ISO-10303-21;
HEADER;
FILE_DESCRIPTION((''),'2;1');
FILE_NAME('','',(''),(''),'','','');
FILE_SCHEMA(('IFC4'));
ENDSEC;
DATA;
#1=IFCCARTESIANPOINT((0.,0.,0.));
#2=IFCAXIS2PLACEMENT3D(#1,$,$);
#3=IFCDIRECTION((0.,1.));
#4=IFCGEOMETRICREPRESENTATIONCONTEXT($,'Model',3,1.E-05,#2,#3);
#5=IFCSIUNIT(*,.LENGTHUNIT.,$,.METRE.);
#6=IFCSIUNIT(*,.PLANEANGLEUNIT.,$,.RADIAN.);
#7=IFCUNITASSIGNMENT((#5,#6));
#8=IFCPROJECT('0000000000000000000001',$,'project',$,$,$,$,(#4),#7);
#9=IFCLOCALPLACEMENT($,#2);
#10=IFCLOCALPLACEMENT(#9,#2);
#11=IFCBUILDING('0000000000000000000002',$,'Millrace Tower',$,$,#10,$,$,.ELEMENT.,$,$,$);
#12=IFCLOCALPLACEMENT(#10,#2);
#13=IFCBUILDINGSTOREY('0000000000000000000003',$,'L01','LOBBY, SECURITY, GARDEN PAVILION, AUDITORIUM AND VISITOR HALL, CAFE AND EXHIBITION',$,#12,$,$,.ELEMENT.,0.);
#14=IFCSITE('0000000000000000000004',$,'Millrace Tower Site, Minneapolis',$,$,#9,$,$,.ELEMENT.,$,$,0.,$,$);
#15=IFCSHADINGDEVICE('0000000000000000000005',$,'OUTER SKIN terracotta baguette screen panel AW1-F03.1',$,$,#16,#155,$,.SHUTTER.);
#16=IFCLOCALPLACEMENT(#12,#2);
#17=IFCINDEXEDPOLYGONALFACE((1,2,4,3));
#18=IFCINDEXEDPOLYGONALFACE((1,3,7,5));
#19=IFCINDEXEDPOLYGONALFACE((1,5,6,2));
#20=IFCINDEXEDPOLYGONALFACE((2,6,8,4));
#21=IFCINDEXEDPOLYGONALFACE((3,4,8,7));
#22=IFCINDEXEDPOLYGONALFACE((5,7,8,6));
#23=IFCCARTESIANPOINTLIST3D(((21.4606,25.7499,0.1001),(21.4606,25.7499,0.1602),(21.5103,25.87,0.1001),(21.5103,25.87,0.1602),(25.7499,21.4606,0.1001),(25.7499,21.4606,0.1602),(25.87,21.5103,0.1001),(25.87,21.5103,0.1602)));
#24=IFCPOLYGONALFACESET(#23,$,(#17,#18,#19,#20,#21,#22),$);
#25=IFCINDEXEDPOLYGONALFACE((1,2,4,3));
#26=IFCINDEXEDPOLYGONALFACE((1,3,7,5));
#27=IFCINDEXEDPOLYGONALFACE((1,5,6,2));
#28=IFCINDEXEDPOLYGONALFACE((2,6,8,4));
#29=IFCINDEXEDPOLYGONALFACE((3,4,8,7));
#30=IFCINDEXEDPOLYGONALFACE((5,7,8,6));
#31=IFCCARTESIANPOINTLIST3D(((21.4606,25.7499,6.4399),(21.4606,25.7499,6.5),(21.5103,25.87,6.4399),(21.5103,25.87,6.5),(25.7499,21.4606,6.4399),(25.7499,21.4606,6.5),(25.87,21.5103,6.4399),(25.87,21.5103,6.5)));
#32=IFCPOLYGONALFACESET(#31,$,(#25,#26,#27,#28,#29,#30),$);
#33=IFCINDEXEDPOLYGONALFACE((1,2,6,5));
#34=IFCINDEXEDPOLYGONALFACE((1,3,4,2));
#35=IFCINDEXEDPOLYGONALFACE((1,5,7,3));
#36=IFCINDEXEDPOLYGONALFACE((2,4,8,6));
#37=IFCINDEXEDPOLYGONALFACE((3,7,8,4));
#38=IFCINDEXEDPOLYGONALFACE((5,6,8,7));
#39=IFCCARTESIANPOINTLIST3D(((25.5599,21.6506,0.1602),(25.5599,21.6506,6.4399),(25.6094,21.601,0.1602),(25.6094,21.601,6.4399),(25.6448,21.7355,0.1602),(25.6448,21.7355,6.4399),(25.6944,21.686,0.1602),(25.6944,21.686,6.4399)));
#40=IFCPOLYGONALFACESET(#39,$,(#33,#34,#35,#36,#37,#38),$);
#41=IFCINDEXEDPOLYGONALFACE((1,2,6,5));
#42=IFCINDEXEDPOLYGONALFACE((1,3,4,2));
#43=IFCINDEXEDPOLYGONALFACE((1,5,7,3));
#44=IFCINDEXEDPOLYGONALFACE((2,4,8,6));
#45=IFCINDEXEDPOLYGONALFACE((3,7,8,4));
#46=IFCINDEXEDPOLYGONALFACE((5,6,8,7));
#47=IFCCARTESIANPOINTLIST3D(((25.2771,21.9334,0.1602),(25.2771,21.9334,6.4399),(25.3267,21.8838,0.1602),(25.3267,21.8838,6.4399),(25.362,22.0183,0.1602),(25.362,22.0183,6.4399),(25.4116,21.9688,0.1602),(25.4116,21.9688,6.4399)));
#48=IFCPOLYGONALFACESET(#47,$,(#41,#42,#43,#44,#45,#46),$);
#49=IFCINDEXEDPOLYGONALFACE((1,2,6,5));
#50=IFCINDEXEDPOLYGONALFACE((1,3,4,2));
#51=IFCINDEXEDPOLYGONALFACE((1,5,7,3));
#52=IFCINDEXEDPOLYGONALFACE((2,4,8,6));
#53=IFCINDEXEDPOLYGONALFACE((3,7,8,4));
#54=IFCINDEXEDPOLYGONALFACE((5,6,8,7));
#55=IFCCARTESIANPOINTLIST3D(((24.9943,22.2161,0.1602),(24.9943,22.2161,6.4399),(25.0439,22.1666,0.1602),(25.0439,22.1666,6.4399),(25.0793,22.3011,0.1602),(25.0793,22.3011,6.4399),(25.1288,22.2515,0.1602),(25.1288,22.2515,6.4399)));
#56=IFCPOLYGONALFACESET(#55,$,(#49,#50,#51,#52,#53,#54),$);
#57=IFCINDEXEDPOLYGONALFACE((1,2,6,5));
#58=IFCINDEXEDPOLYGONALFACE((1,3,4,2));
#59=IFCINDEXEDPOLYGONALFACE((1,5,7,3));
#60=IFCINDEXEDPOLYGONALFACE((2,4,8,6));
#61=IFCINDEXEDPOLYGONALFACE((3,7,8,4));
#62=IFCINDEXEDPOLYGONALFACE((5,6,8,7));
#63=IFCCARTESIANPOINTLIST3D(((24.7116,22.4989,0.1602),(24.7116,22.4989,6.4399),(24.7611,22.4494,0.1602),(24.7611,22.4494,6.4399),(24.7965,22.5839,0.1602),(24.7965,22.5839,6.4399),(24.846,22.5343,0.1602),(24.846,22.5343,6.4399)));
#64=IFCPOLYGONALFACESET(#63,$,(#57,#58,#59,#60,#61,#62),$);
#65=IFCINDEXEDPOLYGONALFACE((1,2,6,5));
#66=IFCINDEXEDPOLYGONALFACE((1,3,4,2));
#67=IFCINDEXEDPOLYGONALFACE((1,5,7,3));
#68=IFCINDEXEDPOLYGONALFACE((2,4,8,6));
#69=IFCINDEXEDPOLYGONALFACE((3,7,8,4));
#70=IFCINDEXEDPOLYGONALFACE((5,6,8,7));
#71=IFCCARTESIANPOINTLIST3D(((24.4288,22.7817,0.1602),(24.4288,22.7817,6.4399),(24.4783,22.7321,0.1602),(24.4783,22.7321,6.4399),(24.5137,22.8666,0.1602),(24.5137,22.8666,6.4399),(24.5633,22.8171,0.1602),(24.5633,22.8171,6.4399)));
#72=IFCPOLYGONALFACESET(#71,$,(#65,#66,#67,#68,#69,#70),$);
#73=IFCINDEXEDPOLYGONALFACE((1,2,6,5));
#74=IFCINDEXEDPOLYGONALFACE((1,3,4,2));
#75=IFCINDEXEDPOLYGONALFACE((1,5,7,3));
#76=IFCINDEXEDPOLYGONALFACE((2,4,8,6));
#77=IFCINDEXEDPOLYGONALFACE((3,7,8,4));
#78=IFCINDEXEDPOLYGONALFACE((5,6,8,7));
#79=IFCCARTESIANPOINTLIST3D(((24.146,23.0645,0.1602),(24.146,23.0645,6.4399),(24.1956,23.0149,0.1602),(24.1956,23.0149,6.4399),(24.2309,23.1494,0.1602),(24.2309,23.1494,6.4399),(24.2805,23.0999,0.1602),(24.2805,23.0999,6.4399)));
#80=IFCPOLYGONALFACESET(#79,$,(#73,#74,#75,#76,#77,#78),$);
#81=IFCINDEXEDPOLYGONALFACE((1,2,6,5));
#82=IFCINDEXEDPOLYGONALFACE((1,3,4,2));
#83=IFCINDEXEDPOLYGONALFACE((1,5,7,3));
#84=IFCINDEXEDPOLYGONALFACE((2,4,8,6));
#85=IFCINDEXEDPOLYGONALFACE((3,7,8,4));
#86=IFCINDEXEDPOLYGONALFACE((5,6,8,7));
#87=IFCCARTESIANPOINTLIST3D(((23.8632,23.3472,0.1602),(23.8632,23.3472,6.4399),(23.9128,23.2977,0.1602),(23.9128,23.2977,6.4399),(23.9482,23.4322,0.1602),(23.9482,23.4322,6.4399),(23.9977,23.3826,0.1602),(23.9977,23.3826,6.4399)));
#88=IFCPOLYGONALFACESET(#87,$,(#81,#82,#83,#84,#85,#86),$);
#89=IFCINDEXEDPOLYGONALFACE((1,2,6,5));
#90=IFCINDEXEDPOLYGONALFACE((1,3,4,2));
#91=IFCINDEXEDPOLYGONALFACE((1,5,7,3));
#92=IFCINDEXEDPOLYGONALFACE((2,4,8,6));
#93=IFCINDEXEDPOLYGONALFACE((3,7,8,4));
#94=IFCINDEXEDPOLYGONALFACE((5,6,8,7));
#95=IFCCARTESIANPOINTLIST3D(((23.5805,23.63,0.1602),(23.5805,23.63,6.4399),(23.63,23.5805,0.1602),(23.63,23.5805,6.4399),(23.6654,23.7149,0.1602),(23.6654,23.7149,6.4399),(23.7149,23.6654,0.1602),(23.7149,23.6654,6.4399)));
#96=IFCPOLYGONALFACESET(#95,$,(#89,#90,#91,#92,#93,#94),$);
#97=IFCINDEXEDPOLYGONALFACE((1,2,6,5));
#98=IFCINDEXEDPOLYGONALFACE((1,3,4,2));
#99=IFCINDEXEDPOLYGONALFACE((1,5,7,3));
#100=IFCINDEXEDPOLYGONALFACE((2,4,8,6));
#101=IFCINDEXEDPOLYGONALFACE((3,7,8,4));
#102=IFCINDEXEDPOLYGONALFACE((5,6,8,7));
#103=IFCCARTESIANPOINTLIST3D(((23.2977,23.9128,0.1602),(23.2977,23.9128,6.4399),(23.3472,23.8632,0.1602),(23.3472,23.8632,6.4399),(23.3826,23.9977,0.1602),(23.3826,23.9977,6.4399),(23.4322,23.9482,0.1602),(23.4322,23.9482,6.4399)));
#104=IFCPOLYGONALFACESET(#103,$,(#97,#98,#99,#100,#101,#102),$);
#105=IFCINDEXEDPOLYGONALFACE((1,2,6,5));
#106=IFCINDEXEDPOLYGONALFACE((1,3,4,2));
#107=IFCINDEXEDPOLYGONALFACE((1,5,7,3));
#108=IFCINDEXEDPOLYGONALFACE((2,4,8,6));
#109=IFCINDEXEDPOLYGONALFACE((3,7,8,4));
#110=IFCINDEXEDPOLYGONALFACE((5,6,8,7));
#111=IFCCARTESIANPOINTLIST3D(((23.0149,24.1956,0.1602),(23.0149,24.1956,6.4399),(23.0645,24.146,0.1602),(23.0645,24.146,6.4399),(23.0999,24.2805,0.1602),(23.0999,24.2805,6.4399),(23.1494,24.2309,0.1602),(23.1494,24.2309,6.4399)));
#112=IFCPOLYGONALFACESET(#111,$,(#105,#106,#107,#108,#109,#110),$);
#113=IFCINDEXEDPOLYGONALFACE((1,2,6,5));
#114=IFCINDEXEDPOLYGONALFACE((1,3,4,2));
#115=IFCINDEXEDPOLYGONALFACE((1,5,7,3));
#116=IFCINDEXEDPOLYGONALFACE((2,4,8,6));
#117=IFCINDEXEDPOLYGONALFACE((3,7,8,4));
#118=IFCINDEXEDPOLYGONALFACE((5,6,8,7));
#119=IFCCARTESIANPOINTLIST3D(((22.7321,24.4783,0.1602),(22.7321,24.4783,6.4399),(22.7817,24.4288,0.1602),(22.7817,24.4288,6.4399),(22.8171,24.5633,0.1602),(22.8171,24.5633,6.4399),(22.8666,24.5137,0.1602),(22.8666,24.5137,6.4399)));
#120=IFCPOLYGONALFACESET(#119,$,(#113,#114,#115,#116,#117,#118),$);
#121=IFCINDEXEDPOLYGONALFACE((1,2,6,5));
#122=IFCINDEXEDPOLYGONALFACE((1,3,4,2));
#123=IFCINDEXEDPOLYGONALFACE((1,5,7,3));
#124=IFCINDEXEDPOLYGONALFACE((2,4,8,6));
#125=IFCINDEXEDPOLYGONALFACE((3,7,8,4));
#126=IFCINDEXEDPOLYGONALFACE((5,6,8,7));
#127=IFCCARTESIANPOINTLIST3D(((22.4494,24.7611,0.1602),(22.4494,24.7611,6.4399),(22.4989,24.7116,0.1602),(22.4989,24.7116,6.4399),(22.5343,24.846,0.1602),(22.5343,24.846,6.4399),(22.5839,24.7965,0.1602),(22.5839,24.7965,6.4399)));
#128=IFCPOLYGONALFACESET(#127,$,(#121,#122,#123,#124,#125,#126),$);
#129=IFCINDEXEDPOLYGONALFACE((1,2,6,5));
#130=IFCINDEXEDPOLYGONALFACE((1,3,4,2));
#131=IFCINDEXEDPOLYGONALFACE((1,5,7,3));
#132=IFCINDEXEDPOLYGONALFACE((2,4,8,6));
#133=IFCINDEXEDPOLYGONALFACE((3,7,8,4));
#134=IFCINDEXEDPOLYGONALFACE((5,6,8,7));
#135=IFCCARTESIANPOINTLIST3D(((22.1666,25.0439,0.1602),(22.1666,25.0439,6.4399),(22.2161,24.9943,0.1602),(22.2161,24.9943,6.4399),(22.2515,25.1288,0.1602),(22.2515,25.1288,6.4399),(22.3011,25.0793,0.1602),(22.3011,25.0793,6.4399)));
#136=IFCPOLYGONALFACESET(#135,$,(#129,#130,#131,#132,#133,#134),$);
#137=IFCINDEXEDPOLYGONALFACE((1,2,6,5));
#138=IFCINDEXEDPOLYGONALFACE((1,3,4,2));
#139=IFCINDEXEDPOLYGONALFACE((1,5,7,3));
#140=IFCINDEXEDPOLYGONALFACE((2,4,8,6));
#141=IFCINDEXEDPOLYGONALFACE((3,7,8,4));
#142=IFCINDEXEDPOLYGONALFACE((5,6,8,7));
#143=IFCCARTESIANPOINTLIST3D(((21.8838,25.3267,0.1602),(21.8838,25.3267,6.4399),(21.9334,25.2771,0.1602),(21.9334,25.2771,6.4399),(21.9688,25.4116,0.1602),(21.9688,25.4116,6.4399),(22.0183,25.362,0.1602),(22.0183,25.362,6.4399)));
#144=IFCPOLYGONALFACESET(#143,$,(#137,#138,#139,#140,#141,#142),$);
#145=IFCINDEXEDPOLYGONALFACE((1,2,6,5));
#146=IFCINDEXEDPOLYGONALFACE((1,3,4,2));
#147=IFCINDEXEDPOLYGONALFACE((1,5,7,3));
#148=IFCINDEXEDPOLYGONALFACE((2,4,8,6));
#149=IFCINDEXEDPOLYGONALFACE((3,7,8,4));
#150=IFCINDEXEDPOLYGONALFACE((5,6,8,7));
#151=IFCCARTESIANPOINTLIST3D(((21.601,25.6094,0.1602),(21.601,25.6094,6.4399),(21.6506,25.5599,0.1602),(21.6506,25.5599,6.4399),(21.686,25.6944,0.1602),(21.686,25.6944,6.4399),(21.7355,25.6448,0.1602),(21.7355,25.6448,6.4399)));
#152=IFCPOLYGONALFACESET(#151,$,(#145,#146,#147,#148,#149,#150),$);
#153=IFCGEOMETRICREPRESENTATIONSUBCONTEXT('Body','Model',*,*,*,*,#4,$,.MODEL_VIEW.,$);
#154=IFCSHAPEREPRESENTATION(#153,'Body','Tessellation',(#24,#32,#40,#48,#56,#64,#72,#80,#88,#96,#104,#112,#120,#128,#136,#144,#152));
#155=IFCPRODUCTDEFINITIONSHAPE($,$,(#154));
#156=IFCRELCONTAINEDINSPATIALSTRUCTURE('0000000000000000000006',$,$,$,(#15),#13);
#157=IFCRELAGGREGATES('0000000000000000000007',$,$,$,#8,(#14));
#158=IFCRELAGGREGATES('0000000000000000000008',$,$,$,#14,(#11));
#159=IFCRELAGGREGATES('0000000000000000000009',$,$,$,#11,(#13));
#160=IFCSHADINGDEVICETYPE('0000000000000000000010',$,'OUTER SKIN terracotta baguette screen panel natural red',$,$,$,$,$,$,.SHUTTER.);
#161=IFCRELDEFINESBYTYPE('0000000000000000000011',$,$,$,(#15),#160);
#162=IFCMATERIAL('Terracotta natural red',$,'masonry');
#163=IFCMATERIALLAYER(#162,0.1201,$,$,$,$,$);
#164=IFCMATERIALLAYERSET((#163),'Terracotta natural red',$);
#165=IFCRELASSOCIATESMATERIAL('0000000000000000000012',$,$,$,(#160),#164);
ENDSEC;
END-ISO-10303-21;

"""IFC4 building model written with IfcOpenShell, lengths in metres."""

from ifc_helpers import new_model, entity, si_unit, direction, frame, frame_2d, origin, origin_2d, place, context, subcontext, project, spatial, rectangle, extrude, source, transform, mapped, material, layer, layer_set, type_object, element, save


model = new_model("IFC4")

# Units and contexts
model_context = context("Model", 3, precision=1e-05, world=origin(), true_north=direction((0.0, 1.0)))
body_context = subcontext(model_context, "Body", "Model", "MODEL_VIEW")
ifc_project = project(units=[si_unit("LENGTHUNIT", "METRE"), si_unit("PLANEANGLEUNIT", "RADIAN")], contexts=[model_context])

# Site, building, storey
site_placement = place(None, origin())
site = spatial("IfcSite", under=ifc_project, at=site_placement, Name="Millrace Tower Site, Minneapolis", CompositionType="ELEMENT", RefElevation=0.0)
building_placement = place(site_placement, origin())
building = spatial("IfcBuilding", under=site, at=building_placement, Name="Millrace Tower", CompositionType="ELEMENT")
storey_placement = place(building_placement, origin())
storey = spatial("IfcBuildingStorey", under=building, at=storey_placement, Name="L01", Description="LOBBY, SECURITY, GARDEN PAVILION, AUDITORIUM AND VISITOR HALL, CAFE AND EXHIBITION", CompositionType="ELEMENT", Elevation=0.0)

# Shading device
ifc_material_1 = material(Name="Terracotta natural red", Category="masonry")
ifc_layer_1 = layer(ifc_material_1, 0.1201)
ifc_layer_set_1 = layer_set([ifc_layer_1], Name="Terracotta natural red")
shading_device_type = type_object("IfcShadingDeviceType", Name="OUTER SKIN terracotta baguette screen panel natural red", PredefinedType="SHUTTER", material=ifc_layer_set_1)
cartesian_point_1 = entity("IfcCartesianPoint", [-3.033, 0.0601])
shared_polyline_1 = entity("IfcPolyline", [cartesian_point_1, entity("IfcCartesianPoint", [3.033, 0.0601]), entity("IfcCartesianPoint", [3.0828, -0.0601]), entity("IfcCartesianPoint", [-3.0828, -0.0601]), cartesian_point_1])
shared_shape_1 = source(origin(), body_context, "Body", "SweptSolid", [
    entity("IfcExtrudedAreaSolid", entity("IfcArbitraryClosedProfileDef", "AREA", None, shared_polyline_1), entity("IfcAxis2Placement3D", entity("IfcCartesianPoint", [0.0, 0.0, 0.0])), entity("IfcDirection", [0.0, 0.0, 1.0]), 0.0601),
    entity("IfcExtrudedAreaSolid", entity("IfcArbitraryClosedProfileDef", "AREA", None, shared_polyline_1), entity("IfcAxis2Placement3D", entity("IfcCartesianPoint", [0.0, 0.0, 6.3398])), entity("IfcDirection", [0.0, 0.0, 1.0]), 0.0601),
    extrude(rectangle(XDim=0.0701, YDim=0.1201, at=frame_2d((-2.7993, 0.0))), frame((0.0, 0.0, 0.0601)), (0.0, 0.0, 1.0), 6.2798),
    extrude(rectangle(XDim=0.0701, YDim=0.1201, at=frame_2d((-2.3994, 0.0))), frame((0.0, 0.0, 0.0601)), (0.0, 0.0, 1.0), 6.2798),
    extrude(rectangle(XDim=0.0701, YDim=0.1201, at=frame_2d((-1.9995, 0.0))), frame((0.0, 0.0, 0.0601)), (0.0, 0.0, 1.0), 6.2798),
    extrude(rectangle(XDim=0.0701, YDim=0.1201, at=frame_2d((-1.5996, 0.0))), frame((0.0, 0.0, 0.0601)), (0.0, 0.0, 1.0), 6.2798),
    extrude(rectangle(XDim=0.0701, YDim=0.1201, at=frame_2d((-1.1997, 0.0))), frame((0.0, 0.0, 0.0601)), (0.0, 0.0, 1.0), 6.2798),
    extrude(rectangle(XDim=0.0701, YDim=0.1201, at=frame_2d((-0.7998, 0.0))), frame((0.0, 0.0, 0.0601)), (0.0, 0.0, 1.0), 6.2798),
    extrude(rectangle(XDim=0.0701, YDim=0.1201, at=frame_2d((-0.3999, 0.0))), frame((0.0, 0.0, 0.0601)), (0.0, 0.0, 1.0), 6.2798),
    extrude(rectangle(XDim=0.0701, YDim=0.1201, at=origin_2d()), frame((0.0, 0.0, 0.0601)), (0.0, 0.0, 1.0), 6.2798),
    extrude(rectangle(XDim=0.0701, YDim=0.1201, at=frame_2d((0.3999, 0.0))), frame((0.0, 0.0, 0.0601)), (0.0, 0.0, 1.0), 6.2798),
    extrude(rectangle(XDim=0.0701, YDim=0.1201, at=frame_2d((0.7998, 0.0))), frame((0.0, 0.0, 0.0601)), (0.0, 0.0, 1.0), 6.2798),
    extrude(rectangle(XDim=0.0701, YDim=0.1201, at=frame_2d((1.1997, 0.0))), frame((0.0, 0.0, 0.0601)), (0.0, 0.0, 1.0), 6.2798),
    extrude(rectangle(XDim=0.0701, YDim=0.1201, at=frame_2d((1.5996, 0.0))), frame((0.0, 0.0, 0.0601)), (0.0, 0.0, 1.0), 6.2798),
    extrude(rectangle(XDim=0.0701, YDim=0.1201, at=frame_2d((1.9995, 0.0))), frame((0.0, 0.0, 0.0601)), (0.0, 0.0, 1.0), 6.2798),
    extrude(rectangle(XDim=0.0701, YDim=0.1201, at=frame_2d((2.3994, 0.0))), frame((0.0, 0.0, 0.0601)), (0.0, 0.0, 1.0), 6.2798),
    extrude(rectangle(XDim=0.0701, YDim=0.1201, at=frame_2d((2.7993, 0.0))), frame((0.0, 0.0, 0.0601)), (0.0, 0.0, 1.0), 6.2798),
])
shading_device_1_placement = place(storey_placement, frame((23.6477, 23.6477, 0.1001), z_axis=(0.0, 0.0, 1.0), x_axis=(-0.707107, 0.707107, 0.0)))
element("IfcShadingDevice", 1, at=shading_device_1_placement, inside=storey, type_object=shading_device_type, Name="OUTER SKIN terracotta baguette screen panel AW1-F03.1", PredefinedType="SHUTTER", context=body_context, shape_type="MappedRepresentation", body=[
    mapped(shared_shape_1, transform((0.0, 0.0, 0.0), scale=1.0)),
])

save(model, "model.ifc")
